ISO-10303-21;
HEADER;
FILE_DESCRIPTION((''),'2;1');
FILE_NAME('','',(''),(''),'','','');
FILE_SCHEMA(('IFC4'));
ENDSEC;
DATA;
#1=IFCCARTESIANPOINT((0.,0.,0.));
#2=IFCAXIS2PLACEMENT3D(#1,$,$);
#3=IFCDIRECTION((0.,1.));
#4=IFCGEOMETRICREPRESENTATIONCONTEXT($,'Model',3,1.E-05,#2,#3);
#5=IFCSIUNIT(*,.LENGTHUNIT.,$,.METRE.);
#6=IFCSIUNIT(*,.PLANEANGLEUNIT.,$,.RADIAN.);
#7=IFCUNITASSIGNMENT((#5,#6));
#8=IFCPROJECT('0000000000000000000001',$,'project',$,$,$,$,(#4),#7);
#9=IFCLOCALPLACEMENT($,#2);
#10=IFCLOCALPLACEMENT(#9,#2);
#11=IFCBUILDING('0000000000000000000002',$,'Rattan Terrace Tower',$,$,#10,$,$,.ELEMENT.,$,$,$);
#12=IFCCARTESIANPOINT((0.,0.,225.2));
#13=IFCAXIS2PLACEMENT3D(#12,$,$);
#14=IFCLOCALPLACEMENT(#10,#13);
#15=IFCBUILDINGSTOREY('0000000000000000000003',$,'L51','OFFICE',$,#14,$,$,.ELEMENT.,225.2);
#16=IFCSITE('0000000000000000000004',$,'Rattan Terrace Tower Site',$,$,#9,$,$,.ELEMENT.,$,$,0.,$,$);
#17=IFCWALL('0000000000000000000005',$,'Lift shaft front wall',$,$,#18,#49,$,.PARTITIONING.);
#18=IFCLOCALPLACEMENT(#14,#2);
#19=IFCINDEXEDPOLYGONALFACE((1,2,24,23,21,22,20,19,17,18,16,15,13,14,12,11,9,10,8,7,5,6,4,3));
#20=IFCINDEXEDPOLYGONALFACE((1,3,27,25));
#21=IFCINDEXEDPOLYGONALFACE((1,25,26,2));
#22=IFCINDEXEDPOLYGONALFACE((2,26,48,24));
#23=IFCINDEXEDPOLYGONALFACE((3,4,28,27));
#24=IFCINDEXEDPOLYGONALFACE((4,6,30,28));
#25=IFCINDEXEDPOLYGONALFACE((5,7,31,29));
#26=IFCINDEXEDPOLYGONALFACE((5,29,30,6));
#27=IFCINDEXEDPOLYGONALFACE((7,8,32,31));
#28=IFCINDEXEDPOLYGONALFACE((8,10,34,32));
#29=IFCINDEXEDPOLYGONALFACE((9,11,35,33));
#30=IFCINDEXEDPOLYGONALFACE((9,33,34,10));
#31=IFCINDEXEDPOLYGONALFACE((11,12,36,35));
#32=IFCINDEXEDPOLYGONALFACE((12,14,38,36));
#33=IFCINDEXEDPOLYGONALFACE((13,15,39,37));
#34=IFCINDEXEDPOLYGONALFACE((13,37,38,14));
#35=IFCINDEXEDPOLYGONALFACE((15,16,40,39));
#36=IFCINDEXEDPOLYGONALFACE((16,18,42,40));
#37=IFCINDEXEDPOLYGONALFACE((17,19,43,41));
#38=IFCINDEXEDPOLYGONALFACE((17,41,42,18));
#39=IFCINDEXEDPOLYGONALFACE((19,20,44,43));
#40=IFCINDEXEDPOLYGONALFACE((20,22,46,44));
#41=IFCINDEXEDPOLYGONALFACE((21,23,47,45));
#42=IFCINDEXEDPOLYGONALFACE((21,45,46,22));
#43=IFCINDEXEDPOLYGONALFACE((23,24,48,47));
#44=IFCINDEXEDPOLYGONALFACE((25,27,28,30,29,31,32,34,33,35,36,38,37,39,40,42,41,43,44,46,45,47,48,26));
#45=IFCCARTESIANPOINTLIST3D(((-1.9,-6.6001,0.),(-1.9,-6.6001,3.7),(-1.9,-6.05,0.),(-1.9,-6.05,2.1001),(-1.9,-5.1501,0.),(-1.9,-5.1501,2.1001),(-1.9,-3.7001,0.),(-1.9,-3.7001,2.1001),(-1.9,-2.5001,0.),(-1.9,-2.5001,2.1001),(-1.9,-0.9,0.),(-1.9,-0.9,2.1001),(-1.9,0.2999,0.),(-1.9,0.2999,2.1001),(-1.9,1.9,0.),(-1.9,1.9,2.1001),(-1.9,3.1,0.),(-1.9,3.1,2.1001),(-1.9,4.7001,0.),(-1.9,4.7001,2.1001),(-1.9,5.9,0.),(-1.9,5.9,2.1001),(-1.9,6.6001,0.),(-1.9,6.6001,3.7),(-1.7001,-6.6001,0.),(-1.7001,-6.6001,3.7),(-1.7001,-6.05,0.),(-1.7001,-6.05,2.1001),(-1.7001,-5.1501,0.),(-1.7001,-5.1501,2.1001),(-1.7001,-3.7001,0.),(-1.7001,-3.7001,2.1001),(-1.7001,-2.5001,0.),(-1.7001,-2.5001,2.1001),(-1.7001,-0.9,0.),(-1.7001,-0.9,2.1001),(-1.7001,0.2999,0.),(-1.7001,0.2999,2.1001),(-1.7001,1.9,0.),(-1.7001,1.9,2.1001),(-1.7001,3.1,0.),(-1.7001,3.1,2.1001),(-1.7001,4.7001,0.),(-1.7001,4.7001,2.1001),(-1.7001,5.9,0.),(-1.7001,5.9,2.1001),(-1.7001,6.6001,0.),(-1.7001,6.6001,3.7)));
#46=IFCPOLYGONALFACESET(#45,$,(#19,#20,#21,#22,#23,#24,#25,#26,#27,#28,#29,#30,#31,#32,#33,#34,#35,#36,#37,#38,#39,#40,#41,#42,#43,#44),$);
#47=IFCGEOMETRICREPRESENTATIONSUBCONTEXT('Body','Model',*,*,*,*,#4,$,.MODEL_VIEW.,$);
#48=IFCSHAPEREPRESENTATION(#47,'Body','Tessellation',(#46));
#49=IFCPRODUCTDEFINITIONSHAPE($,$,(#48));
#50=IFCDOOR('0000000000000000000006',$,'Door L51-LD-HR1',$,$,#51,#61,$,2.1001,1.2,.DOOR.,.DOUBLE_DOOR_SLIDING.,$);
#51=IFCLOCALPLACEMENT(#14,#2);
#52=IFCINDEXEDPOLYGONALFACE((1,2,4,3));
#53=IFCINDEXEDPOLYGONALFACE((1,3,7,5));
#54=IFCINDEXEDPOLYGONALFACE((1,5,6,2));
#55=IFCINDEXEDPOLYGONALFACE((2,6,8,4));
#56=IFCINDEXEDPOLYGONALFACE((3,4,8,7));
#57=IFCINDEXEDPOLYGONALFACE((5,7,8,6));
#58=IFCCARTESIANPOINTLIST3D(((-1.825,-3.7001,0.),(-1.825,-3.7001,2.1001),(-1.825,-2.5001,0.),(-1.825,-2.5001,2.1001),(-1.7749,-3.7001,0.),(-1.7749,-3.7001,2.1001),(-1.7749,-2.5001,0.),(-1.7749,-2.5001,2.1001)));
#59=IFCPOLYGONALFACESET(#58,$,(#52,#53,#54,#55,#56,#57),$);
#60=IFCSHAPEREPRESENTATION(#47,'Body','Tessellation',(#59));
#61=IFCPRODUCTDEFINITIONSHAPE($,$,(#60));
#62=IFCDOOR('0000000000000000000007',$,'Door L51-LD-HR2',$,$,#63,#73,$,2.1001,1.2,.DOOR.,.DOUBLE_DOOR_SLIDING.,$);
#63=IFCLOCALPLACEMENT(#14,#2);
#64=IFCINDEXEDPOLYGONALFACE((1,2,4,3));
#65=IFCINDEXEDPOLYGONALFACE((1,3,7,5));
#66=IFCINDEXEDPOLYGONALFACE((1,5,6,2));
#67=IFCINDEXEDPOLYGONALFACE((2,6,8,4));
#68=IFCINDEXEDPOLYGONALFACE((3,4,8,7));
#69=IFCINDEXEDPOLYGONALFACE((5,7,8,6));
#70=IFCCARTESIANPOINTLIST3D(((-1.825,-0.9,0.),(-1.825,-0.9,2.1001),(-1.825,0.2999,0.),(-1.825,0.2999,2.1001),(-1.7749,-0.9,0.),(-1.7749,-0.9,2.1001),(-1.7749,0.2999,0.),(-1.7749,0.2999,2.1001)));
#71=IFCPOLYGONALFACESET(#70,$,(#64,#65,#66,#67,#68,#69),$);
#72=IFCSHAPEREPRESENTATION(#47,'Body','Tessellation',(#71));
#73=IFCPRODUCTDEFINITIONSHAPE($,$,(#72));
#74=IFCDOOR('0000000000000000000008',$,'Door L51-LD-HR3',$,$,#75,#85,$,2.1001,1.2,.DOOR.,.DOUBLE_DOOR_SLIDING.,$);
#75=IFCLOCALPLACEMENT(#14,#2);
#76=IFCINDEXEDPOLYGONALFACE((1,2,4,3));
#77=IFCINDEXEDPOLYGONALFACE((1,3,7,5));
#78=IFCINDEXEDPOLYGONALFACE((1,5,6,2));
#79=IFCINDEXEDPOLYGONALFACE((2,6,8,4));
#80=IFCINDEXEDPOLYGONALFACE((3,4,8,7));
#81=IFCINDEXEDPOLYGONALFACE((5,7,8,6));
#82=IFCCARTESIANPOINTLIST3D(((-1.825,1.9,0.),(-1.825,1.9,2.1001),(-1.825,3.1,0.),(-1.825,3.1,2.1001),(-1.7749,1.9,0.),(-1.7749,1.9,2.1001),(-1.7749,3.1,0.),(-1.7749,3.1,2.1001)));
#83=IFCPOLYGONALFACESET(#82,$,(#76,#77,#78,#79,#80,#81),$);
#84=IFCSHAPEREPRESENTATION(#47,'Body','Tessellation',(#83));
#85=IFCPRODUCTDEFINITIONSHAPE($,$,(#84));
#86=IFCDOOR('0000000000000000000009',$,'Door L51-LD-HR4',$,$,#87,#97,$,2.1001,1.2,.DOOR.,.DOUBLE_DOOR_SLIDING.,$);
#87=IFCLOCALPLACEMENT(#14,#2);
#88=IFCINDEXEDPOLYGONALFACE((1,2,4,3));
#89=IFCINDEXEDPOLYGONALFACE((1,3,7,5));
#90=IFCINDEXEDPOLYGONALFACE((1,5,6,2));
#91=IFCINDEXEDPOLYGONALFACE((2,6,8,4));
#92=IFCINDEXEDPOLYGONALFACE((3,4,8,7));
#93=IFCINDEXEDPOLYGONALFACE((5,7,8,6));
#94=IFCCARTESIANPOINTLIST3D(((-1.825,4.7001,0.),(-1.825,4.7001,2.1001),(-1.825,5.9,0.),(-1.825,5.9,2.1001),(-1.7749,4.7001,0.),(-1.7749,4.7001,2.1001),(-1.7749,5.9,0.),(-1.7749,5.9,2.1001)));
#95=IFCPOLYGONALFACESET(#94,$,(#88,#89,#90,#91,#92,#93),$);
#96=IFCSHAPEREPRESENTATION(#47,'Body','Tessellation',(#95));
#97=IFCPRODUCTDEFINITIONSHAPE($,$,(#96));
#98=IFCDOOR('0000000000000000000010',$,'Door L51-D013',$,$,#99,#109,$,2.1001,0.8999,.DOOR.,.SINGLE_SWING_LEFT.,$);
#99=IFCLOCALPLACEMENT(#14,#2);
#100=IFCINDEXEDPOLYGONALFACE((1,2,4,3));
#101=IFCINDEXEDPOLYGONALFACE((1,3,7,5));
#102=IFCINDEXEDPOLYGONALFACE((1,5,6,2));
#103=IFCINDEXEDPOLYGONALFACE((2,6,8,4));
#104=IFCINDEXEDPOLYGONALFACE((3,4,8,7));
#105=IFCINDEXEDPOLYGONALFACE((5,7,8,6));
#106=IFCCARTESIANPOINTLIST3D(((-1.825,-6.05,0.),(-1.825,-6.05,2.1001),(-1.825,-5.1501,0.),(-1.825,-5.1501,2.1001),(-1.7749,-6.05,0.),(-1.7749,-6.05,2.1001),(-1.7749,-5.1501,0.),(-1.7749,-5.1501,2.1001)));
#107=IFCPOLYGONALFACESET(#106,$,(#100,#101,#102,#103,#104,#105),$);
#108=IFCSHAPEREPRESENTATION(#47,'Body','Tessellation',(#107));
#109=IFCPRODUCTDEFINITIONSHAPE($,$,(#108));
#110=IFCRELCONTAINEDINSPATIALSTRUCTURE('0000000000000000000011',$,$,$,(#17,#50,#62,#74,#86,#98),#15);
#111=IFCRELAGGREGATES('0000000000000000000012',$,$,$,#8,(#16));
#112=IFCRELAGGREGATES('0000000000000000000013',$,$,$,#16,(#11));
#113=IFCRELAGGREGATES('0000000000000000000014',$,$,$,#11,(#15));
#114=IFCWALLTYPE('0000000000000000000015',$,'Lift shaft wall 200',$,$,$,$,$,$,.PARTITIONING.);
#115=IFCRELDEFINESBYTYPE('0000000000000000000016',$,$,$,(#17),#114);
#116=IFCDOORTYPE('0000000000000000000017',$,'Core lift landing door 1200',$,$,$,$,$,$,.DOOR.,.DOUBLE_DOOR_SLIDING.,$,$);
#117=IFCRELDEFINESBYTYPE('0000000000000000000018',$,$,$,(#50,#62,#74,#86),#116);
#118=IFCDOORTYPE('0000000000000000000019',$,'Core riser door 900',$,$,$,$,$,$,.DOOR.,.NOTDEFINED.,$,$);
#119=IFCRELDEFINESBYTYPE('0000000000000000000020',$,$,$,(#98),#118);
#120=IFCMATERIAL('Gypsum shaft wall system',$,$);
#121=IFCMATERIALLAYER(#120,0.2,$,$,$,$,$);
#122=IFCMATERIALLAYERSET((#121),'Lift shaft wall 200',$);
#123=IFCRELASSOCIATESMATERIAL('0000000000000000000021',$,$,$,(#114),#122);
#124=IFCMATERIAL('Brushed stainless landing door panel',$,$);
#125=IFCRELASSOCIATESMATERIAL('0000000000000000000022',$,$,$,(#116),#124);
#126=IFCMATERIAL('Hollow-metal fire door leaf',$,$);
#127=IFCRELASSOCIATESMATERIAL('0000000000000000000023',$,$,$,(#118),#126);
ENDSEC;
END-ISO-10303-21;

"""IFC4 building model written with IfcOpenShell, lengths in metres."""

from ifc_helpers import new_model, si_unit, direction, frame, frame_2d, origin, place, context, subcontext, project, spatial, rectangle, extrude, material, layer, layer_set, type_object, element, fill, save


model = new_model("IFC4")

# Units and contexts
model_context = context("Model", 3, precision=1e-05, world=origin(), true_north=direction((0.0, 1.0)))
body_context = subcontext(model_context, "Body", "Model", "MODEL_VIEW")
ifc_project = project(units=[si_unit("LENGTHUNIT", "METRE"), si_unit("PLANEANGLEUNIT", "RADIAN")], contexts=[model_context])

# Site, building, storey
site_placement = place(None, origin())
site = spatial("IfcSite", under=ifc_project, at=site_placement, Name="Rattan Terrace Tower Site", CompositionType="ELEMENT", RefElevation=0.0)
building_placement = place(site_placement, origin())
building = spatial("IfcBuilding", under=site, at=building_placement, Name="Rattan Terrace Tower", CompositionType="ELEMENT")
storey_placement = place(building_placement, frame((0.0, 0.0, 225.2)))
storey = spatial("IfcBuildingStorey", under=building, at=storey_placement, Name="L51", Description="OFFICE", CompositionType="ELEMENT", Elevation=225.2)

# Wall, openings, doors
ifc_material_1 = material(Name="Gypsum shaft wall system")
ifc_layer_1 = layer(ifc_material_1, 0.2)
ifc_layer_set_1 = layer_set([ifc_layer_1], Name="Lift shaft wall 200")
wall_type_1 = type_object("IfcWallType", Name="Lift shaft wall 200", PredefinedType="PARTITIONING", material=ifc_layer_set_1)
wall_1_placement = place(storey_placement, frame((-1.8, -6.6001, 0.0), z_axis=(0.0, 0.0, 1.0), x_axis=(0.0, 1.0, 0.0)))
wall_1 = element("IfcWall", 1, at=wall_1_placement, inside=storey, type_object=wall_type_1, Name="Lift shaft front wall", PredefinedType="PARTITIONING", context=body_context, shape_type="SweptSolid", body=[
    extrude(rectangle(XDim=13.2002, YDim=0.2, at=frame_2d((6.6001, 0.0))), origin(), (0.0, 0.0, 1.0), 3.7),
])
opening_1_placement = place(wall_1_placement, frame((0.55, 0.0, 0.0)))
opening_1 = element("IfcOpeningElement", 2, at=opening_1_placement, cuts=wall_1, PredefinedType="OPENING", context=body_context, shape_type="SweptSolid", body=[
    extrude(rectangle(XDim=0.8999, YDim=2.1001, at=frame_2d((0.45, 1.05))), frame((0.0, 0.1106, 0.0), z_axis=(0.0, -1.0, 0.0), x_axis=(1.0, 0.0, 0.0)), (0.0, 0.0, 1.0), 0.2209),
])
opening_2_placement = place(wall_1_placement, frame((2.8999, 0.0, 0.0)))
opening_2 = element("IfcOpeningElement", 3, at=opening_2_placement, cuts=wall_1, PredefinedType="OPENING", context=body_context, shape_type="SweptSolid", body=[
    extrude(rectangle(XDim=1.2, YDim=2.1001, at=frame_2d((0.6001, 1.05))), frame((0.0, 0.1106, 0.0), z_axis=(0.0, -1.0, 0.0), x_axis=(1.0, 0.0, 0.0)), (0.0, 0.0, 1.0), 0.2209),
])
opening_3_placement = place(wall_1_placement, frame((5.7, 0.0, 0.0)))
opening_3 = element("IfcOpeningElement", 4, at=opening_3_placement, cuts=wall_1, PredefinedType="OPENING", context=body_context, shape_type="SweptSolid", body=[
    extrude(rectangle(XDim=1.2, YDim=2.1001, at=frame_2d((0.6001, 1.05))), frame((0.0, 0.1106, 0.0), z_axis=(0.0, -1.0, 0.0), x_axis=(1.0, 0.0, 0.0)), (0.0, 0.0, 1.0), 0.2209),
])
opening_4_placement = place(wall_1_placement, frame((8.5, 0.0, 0.0)))
opening_4 = element("IfcOpeningElement", 5, at=opening_4_placement, cuts=wall_1, PredefinedType="OPENING", context=body_context, shape_type="SweptSolid", body=[
    extrude(rectangle(XDim=1.2, YDim=2.1001, at=frame_2d((0.6001, 1.05))), frame((0.0, 0.1106, 0.0), z_axis=(0.0, -1.0, 0.0), x_axis=(1.0, 0.0, 0.0)), (0.0, 0.0, 1.0), 0.2209),
])
opening_5_placement = place(wall_1_placement, frame((11.3, 0.0, 0.0)))
opening_5 = element("IfcOpeningElement", 6, at=opening_5_placement, cuts=wall_1, PredefinedType="OPENING", context=body_context, shape_type="SweptSolid", body=[
    extrude(rectangle(XDim=1.2, YDim=2.1001, at=frame_2d((0.6001, 1.05))), frame((0.0, 0.1106, 0.0), z_axis=(0.0, -1.0, 0.0), x_axis=(1.0, 0.0, 0.0)), (0.0, 0.0, 1.0), 0.2209),
])
ifc_material_2 = material(Name="Brushed stainless landing door panel")
door_type_1 = type_object("IfcDoorType", Name="Core lift landing door 1200", OperationType="DOUBLE_DOOR_SLIDING", PredefinedType="DOOR", material=ifc_material_2)
door_1_placement = place(opening_2_placement, origin())
door_1 = element("IfcDoor", 7, at=door_1_placement, inside=storey, type_object=door_type_1, Name="Door L51-LD-HR1", OperationType="DOUBLE_DOOR_SLIDING", OverallHeight=2.1001, OverallWidth=1.2, PredefinedType="DOOR", context=body_context, shape_type="SweptSolid", body=[
    extrude(rectangle(XDim=1.2, YDim=2.1001, at=frame_2d((0.6001, 1.05))), frame((0.0, 0.0249, 0.0), z_axis=(0.0, -1.0, 0.0), x_axis=(1.0, 0.0, 0.0)), (0.0, 0.0, 1.0), 0.05),
])
fill(opening_2, door_1)
door_2_placement = place(opening_3_placement, origin())
door_2 = element("IfcDoor", 8, at=door_2_placement, inside=storey, type_object=door_type_1, Name="Door L51-LD-HR2", OperationType="DOUBLE_DOOR_SLIDING", OverallHeight=2.1001, OverallWidth=1.2, PredefinedType="DOOR", context=body_context, shape_type="SweptSolid", body=[
    extrude(rectangle(XDim=1.2, YDim=2.1001, at=frame_2d((0.6001, 1.05))), frame((0.0, 0.0249, 0.0), z_axis=(0.0, -1.0, 0.0), x_axis=(1.0, 0.0, 0.0)), (0.0, 0.0, 1.0), 0.05),
])
fill(opening_3, door_2)
door_3_placement = place(opening_4_placement, origin())
door_3 = element("IfcDoor", 9, at=door_3_placement, inside=storey, type_object=door_type_1, Name="Door L51-LD-HR3", OperationType="DOUBLE_DOOR_SLIDING", OverallHeight=2.1001, OverallWidth=1.2, PredefinedType="DOOR", context=body_context, shape_type="SweptSolid", body=[
    extrude(rectangle(XDim=1.2, YDim=2.1001, at=frame_2d((0.6001, 1.05))), frame((0.0, 0.0249, 0.0), z_axis=(0.0, -1.0, 0.0), x_axis=(1.0, 0.0, 0.0)), (0.0, 0.0, 1.0), 0.05),
])
fill(opening_4, door_3)
door_4_placement = place(opening_5_placement, origin())
door_4 = element("IfcDoor", 10, at=door_4_placement, inside=storey, type_object=door_type_1, Name="Door L51-LD-HR4", OperationType="DOUBLE_DOOR_SLIDING", OverallHeight=2.1001, OverallWidth=1.2, PredefinedType="DOOR", context=body_context, shape_type="SweptSolid", body=[
    extrude(rectangle(XDim=1.2, YDim=2.1001, at=frame_2d((0.6001, 1.05))), frame((0.0, 0.0249, 0.0), z_axis=(0.0, -1.0, 0.0), x_axis=(1.0, 0.0, 0.0)), (0.0, 0.0, 1.0), 0.05),
])
fill(opening_5, door_4)
ifc_material_3 = material(Name="Hollow-metal fire door leaf")
door_type_2 = type_object("IfcDoorType", Name="Core riser door 900", OperationType="NOTDEFINED", PredefinedType="DOOR", material=ifc_material_3)
door_5_placement = place(opening_1_placement, origin())
door_5 = element("IfcDoor", 11, at=door_5_placement, inside=storey, type_object=door_type_2, Name="Door L51-D013", OperationType="SINGLE_SWING_LEFT", OverallHeight=2.1001, OverallWidth=0.8999, PredefinedType="DOOR", context=body_context, shape_type="SweptSolid", body=[
    extrude(rectangle(XDim=0.8999, YDim=2.1001, at=frame_2d((0.45, 1.05))), frame((0.0, 0.0249, 0.0), z_axis=(0.0, -1.0, 0.0), x_axis=(1.0, 0.0, 0.0)), (0.0, 0.0, 1.0), 0.05),
])
fill(opening_1, door_5)

save(model, "model.ifc")
